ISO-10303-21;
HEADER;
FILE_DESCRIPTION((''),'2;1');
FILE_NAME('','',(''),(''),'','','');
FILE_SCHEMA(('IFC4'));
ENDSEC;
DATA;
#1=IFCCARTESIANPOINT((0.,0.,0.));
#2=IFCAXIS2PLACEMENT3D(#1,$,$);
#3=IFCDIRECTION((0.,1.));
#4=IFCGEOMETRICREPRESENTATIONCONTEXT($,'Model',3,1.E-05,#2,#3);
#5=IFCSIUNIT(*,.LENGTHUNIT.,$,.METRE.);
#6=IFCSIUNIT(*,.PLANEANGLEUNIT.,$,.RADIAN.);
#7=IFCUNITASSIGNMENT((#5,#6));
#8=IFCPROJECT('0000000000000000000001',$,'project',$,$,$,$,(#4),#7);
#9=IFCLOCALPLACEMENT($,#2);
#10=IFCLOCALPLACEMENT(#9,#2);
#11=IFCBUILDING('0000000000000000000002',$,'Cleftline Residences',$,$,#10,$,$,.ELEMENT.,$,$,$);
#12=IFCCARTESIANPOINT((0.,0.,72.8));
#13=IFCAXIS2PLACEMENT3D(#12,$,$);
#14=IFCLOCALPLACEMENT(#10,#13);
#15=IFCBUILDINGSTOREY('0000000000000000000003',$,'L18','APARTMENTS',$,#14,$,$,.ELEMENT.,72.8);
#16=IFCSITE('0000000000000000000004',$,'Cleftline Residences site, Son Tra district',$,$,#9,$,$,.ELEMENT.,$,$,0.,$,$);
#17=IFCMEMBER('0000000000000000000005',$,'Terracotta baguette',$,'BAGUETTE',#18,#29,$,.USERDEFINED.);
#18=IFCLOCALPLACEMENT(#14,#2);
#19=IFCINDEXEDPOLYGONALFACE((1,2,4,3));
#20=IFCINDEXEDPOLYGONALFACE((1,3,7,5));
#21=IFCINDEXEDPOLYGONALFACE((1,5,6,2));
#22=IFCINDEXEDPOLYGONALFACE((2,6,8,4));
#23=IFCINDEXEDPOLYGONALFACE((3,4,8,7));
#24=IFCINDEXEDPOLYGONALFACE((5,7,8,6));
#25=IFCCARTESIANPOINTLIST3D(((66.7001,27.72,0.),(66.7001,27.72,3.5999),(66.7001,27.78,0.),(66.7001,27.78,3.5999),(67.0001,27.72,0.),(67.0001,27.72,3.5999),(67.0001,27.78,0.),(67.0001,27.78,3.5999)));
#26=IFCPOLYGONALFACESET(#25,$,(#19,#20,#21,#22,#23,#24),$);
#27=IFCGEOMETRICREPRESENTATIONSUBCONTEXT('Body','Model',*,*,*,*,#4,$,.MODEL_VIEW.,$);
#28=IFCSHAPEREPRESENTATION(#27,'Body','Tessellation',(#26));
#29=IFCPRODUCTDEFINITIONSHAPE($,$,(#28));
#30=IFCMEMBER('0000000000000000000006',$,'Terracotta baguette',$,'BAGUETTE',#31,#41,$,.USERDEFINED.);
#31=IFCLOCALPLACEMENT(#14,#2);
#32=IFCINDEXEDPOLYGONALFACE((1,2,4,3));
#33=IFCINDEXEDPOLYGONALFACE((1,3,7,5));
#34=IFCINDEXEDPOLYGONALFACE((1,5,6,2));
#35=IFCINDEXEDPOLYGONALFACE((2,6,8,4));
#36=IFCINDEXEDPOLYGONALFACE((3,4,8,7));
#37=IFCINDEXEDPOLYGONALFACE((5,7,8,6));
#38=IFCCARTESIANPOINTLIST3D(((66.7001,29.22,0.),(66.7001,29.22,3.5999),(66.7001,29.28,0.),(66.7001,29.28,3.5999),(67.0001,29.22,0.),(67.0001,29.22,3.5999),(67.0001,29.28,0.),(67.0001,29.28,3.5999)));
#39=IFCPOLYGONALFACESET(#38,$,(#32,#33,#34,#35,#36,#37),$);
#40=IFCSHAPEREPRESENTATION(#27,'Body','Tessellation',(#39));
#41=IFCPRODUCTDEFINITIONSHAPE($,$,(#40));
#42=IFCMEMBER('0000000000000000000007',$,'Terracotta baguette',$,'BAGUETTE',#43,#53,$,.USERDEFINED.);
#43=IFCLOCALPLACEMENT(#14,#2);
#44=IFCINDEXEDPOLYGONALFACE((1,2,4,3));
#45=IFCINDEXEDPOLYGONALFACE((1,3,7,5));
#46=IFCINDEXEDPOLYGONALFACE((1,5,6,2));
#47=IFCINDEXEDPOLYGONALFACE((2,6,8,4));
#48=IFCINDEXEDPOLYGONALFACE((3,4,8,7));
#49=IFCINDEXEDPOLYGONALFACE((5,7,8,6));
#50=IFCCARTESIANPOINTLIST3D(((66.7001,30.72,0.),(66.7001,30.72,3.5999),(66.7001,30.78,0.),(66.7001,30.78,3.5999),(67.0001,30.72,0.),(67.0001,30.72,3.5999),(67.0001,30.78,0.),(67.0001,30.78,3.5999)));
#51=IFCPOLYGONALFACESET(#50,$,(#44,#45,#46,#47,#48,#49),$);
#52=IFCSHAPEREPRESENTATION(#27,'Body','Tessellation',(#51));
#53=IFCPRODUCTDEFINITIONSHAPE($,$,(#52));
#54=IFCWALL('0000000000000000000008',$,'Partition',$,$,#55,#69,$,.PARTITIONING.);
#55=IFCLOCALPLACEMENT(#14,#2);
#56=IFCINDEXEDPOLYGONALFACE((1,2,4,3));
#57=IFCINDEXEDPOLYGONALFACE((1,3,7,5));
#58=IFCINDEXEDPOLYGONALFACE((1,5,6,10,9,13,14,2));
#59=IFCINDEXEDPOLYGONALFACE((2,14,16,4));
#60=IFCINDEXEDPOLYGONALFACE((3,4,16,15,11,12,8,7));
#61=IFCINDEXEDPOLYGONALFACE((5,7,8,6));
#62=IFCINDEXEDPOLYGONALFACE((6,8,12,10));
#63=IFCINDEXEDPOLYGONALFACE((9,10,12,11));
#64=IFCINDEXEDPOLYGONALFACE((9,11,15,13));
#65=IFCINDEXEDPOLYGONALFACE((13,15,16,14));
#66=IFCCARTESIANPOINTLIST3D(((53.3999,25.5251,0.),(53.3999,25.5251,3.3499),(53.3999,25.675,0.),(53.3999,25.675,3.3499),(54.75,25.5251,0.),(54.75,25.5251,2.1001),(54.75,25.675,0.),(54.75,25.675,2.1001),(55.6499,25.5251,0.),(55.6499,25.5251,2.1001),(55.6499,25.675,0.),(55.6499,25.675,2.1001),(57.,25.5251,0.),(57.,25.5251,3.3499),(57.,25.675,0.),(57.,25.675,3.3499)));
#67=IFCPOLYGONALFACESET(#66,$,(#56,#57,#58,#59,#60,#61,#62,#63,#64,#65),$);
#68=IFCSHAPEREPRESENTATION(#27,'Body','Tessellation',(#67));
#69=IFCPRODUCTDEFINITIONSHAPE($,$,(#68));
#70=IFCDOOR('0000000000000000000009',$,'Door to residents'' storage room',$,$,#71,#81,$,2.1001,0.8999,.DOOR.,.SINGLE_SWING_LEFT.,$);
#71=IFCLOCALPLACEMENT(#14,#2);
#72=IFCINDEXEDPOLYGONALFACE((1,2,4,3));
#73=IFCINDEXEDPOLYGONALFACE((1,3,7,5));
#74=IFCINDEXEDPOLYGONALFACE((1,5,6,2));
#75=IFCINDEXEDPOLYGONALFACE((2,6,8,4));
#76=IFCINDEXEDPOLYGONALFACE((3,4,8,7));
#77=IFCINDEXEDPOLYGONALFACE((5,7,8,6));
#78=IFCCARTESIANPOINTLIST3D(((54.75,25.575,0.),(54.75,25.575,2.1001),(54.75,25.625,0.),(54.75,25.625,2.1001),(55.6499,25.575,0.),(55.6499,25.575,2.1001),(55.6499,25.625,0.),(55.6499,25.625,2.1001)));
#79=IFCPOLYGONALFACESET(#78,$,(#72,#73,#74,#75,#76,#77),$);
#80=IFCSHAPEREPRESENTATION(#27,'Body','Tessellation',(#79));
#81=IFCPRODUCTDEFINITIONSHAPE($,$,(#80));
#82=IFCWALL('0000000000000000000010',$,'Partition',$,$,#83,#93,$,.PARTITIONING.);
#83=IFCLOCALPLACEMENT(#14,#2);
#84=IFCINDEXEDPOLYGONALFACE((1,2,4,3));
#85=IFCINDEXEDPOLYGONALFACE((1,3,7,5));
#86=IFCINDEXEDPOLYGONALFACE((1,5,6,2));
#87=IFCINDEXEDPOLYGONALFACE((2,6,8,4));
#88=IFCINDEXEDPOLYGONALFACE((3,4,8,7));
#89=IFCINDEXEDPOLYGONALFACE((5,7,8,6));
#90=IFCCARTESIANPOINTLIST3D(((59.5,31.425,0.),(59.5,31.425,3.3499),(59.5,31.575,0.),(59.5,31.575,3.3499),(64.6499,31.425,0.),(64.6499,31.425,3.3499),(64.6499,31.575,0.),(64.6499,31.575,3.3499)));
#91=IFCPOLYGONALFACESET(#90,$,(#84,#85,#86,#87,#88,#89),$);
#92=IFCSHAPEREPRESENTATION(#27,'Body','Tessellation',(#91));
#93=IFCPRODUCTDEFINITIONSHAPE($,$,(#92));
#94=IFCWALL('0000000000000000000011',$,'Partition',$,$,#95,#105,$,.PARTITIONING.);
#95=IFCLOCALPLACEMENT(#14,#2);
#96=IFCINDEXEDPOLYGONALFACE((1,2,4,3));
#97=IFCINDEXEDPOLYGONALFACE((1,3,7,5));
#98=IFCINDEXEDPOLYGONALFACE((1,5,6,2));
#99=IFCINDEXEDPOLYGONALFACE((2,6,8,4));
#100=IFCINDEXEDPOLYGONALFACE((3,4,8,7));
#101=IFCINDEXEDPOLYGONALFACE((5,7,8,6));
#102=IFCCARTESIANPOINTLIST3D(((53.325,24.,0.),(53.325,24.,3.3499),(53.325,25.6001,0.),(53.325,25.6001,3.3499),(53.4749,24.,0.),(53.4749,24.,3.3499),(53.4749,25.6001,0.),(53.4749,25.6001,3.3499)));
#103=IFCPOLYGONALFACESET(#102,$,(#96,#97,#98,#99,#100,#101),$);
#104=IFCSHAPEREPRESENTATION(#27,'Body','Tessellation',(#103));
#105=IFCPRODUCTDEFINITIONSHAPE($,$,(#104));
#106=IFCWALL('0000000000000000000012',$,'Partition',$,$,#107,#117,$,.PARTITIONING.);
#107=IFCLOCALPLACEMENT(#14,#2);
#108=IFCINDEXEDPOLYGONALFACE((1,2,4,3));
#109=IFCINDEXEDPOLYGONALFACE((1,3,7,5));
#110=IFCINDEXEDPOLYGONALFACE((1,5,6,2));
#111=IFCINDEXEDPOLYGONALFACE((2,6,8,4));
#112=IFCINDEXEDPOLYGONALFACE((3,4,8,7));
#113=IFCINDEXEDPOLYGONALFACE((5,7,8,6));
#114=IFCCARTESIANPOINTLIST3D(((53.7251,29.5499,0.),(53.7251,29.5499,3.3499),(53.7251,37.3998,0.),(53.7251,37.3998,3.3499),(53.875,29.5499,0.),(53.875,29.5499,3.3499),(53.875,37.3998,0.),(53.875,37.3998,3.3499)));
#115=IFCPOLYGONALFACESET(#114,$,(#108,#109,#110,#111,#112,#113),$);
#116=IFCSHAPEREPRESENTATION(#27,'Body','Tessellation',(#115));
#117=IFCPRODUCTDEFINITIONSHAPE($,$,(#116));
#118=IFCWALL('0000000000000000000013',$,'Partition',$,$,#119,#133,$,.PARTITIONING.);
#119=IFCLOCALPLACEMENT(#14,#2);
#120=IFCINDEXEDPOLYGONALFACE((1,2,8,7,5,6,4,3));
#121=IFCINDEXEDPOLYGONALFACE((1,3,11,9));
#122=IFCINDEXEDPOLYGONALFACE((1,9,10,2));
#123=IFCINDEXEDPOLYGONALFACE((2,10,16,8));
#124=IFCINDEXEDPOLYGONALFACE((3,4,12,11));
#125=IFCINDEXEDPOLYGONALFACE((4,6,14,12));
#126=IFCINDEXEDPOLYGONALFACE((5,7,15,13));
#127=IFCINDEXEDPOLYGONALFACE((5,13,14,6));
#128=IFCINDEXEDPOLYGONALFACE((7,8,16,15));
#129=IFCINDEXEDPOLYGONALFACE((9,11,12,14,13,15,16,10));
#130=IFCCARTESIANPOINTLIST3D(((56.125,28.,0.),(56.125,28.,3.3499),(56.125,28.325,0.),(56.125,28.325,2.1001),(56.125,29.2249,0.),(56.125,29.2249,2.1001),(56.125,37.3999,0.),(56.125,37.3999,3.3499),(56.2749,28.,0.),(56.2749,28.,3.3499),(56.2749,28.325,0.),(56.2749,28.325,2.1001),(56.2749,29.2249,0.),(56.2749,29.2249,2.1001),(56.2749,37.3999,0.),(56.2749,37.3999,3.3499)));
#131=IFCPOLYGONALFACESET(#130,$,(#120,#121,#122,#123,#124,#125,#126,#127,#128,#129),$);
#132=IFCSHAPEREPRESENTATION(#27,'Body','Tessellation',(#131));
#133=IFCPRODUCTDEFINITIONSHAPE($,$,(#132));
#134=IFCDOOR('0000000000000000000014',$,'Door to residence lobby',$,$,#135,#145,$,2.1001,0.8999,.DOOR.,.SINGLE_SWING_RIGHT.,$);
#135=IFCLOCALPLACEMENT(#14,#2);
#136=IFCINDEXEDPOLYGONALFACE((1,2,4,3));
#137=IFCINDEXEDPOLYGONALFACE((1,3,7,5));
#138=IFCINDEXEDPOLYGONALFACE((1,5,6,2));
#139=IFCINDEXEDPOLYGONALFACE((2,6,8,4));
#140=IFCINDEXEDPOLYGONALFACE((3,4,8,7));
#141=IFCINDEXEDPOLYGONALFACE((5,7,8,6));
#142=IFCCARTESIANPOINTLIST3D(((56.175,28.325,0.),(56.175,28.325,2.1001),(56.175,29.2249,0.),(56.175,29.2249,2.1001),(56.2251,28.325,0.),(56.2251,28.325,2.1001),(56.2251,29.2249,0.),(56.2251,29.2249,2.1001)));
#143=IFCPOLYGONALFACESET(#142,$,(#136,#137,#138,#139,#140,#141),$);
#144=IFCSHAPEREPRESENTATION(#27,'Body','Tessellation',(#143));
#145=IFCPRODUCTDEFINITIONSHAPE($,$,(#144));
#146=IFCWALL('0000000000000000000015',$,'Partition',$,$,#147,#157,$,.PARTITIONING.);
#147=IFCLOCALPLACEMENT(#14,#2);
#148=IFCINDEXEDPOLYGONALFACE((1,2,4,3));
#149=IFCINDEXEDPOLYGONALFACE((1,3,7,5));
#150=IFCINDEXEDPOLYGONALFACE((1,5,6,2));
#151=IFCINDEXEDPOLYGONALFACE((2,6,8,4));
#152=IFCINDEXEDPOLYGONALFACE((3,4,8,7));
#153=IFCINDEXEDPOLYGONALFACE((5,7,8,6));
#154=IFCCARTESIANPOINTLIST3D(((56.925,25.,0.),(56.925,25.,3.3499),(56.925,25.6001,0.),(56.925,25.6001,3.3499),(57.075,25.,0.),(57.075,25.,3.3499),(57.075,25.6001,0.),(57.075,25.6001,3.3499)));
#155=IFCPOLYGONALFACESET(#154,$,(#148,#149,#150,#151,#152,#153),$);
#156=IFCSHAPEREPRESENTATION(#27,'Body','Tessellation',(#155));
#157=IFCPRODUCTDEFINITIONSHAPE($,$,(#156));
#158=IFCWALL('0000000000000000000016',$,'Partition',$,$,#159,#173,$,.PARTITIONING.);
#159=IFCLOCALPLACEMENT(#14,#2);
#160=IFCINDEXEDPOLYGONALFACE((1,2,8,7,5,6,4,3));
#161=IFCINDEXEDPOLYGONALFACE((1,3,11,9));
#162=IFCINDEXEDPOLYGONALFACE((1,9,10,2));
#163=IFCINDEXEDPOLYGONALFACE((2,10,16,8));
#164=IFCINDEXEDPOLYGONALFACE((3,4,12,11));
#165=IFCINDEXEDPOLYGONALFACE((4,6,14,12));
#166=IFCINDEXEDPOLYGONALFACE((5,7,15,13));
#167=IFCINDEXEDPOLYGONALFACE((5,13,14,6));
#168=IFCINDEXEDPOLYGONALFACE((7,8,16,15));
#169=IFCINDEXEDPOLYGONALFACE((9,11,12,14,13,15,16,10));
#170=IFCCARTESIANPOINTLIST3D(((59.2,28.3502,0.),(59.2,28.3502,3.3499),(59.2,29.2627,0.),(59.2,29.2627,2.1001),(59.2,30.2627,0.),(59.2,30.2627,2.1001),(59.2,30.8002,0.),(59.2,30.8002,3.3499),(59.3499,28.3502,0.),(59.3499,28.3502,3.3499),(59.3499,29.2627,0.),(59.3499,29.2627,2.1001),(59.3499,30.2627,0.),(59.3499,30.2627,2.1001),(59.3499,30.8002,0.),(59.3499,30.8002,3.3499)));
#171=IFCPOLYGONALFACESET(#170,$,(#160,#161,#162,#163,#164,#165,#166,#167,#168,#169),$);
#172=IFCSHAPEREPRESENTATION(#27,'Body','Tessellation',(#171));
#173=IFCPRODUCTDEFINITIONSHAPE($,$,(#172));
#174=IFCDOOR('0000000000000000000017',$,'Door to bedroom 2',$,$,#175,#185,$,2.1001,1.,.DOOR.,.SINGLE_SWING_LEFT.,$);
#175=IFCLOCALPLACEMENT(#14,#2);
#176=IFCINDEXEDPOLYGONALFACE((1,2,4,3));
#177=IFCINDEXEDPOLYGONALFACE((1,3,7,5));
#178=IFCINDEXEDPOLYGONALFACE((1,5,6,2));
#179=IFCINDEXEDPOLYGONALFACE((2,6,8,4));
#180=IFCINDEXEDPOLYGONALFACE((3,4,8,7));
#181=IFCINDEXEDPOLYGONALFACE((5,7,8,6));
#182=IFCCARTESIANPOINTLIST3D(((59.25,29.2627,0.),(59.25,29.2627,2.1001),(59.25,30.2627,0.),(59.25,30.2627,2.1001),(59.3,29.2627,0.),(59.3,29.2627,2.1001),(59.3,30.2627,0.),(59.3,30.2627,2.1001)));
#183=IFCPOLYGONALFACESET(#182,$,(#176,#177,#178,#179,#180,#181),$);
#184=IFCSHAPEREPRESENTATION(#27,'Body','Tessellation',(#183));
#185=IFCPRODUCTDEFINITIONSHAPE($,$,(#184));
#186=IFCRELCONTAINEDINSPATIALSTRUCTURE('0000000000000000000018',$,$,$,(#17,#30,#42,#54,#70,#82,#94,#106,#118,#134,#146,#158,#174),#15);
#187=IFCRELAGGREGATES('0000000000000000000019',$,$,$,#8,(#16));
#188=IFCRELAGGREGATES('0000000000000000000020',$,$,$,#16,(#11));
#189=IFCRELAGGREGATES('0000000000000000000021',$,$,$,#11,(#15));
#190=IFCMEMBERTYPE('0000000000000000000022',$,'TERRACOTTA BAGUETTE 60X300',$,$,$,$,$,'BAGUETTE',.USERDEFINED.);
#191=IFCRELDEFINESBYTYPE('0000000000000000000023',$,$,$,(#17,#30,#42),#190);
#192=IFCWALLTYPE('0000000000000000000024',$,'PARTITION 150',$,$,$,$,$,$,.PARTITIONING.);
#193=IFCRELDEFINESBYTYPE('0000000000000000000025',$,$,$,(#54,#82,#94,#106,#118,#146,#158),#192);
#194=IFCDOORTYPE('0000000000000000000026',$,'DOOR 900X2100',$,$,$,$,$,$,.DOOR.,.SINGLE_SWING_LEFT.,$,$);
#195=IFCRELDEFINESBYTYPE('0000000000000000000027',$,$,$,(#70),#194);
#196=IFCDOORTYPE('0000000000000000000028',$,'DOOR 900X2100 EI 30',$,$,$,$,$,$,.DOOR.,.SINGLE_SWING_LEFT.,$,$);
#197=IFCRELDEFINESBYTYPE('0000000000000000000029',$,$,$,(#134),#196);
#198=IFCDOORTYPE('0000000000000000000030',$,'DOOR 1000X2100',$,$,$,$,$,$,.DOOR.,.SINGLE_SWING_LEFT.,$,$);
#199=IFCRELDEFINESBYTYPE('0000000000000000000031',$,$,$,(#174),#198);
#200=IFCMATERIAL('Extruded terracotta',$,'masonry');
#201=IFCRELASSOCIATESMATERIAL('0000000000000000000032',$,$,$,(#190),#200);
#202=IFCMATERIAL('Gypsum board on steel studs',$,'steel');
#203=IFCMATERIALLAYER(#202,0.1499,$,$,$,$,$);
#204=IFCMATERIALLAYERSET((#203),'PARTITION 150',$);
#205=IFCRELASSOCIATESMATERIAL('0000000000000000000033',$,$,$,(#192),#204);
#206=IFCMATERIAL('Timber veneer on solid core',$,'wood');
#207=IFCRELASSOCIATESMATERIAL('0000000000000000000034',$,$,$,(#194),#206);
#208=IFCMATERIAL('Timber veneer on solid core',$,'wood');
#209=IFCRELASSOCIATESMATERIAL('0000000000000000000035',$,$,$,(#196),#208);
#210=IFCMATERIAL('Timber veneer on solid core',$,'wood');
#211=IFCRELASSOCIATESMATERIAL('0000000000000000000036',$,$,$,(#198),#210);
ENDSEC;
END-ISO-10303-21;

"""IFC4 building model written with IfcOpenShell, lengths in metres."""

from ifc_helpers import new_model, si_unit, direction, frame, frame_2d, origin, origin_2d, place, context, subcontext, project, spatial, rectangle, extrude, material, layer, layer_set, material_profile, profile_set, type_object, element, fill, save


model = new_model("IFC4")

# Units and contexts
model_context = context("Model", 3, precision=1e-05, world=origin(), true_north=direction((0.0, 1.0)))
body_context = subcontext(model_context, "Body", "Model", "MODEL_VIEW")
ifc_project = project(units=[si_unit("LENGTHUNIT", "METRE"), si_unit("PLANEANGLEUNIT", "RADIAN")], contexts=[model_context])

# Site, building, storey
site_placement = place(None, origin())
site = spatial("IfcSite", under=ifc_project, at=site_placement, Name="Cleftline Residences site, Son Tra district", CompositionType="ELEMENT", RefElevation=0.0)
building_placement = place(site_placement, origin())
building = spatial("IfcBuilding", under=site, at=building_placement, Name="Cleftline Residences", CompositionType="ELEMENT")
storey_placement = place(building_placement, frame((0.0, 0.0, 72.8)))
storey = spatial("IfcBuildingStorey", under=building, at=storey_placement, Name="L18", Description="APARTMENTS", CompositionType="ELEMENT", Elevation=72.8)

# Members
ifc_material_1 = material(Name="Extruded terracotta", Category="masonry")
ifc_material_profile_1 = material_profile(ifc_material_1, rectangle(XDim=0.0601, YDim=0.3, at=origin_2d()))
ifc_profile_set_1 = profile_set([ifc_material_profile_1], Name="Extruded terracotta")
member_type_1 = type_object("IfcMemberType", Name="TERRACOTTA BAGUETTE 60X300", ElementType="BAGUETTE", PredefinedType="USERDEFINED", material=ifc_profile_set_1)
for number, where, z_axis, x_axis, name in (
    (1, (66.8501, 27.75, 0.0), (0.0, 0.0, 1.0), (0.0, 1.0, 0.0), "Terracotta baguette"),
    (2, (66.8501, 29.25, 0.0), (0.0, 0.0, 1.0), (0.0, 1.0, 0.0), "Terracotta baguette"),
    (3, (66.8501, 30.75, 0.0), (0.0, 0.0, 1.0), (0.0, 1.0, 0.0), "Terracotta baguette"),
):
    element("IfcMember", number, at=place(storey_placement, frame(where, z_axis=z_axis, x_axis=x_axis)), inside=storey, type_object=member_type_1, Name=name, ObjectType="BAGUETTE", PredefinedType="USERDEFINED", context=body_context, shape_type="SweptSolid", body=[
        extrude(rectangle(XDim=0.0601, YDim=0.3, at=origin_2d()), origin(), (0.0, 0.0, 1.0), 3.5999),
    ])

# Wall, opening, door
ifc_material_2 = material(Name="Gypsum board on steel studs", Category="steel")
ifc_layer_1 = layer(ifc_material_2, 0.1499)
ifc_layer_set_1 = layer_set([ifc_layer_1], Name="PARTITION 150")
wall_type_1 = type_object("IfcWallType", Name="PARTITION 150", PredefinedType="PARTITIONING", material=ifc_layer_set_1)
wall_1_placement = place(storey_placement, frame((53.3999, 25.6001, 0.0), z_axis=(0.0, 0.0, 1.0), x_axis=(1.0, 0.0, 0.0)))
wall_1 = element("IfcWall", 4, at=wall_1_placement, inside=storey, type_object=wall_type_1, Name="Partition", PredefinedType="PARTITIONING", context=body_context, shape_type="SweptSolid", body=[
    extrude(rectangle(XDim=3.6001, YDim=0.1499, at=frame_2d((1.8, 0.0))), origin(), (0.0, 0.0, 1.0), 3.3499),
])
opening_1_placement = place(wall_1_placement, frame((1.3501, 0.0, 0.0)))
opening_1 = element("IfcOpeningElement", 5, at=opening_1_placement, cuts=wall_1, PredefinedType="OPENING", context=body_context, shape_type="SweptSolid", body=[
    extrude(rectangle(XDim=0.8999, YDim=2.1001, at=frame_2d((0.45, 1.05))), frame((0.0, 0.085, 0.0), z_axis=(0.0, -1.0, 0.0), x_axis=(1.0, 0.0, 0.0)), (0.0, 0.0, 1.0), 0.1699),
])
ifc_material_3 = material(Name="Timber veneer on solid core", Category="wood")
door_type_1 = type_object("IfcDoorType", Name="DOOR 900X2100", OperationType="SINGLE_SWING_LEFT", PredefinedType="DOOR", material=ifc_material_3)
door_1_placement = place(opening_1_placement, origin())
door_1 = element("IfcDoor", 6, at=door_1_placement, inside=storey, type_object=door_type_1, Name="Door to residents' storage room", OperationType="SINGLE_SWING_LEFT", OverallHeight=2.1001, OverallWidth=0.8999, PredefinedType="DOOR", context=body_context, shape_type="SweptSolid", body=[
    extrude(rectangle(XDim=0.8999, YDim=2.1001, at=frame_2d((0.45, 1.05))), frame((0.0, 0.0249, 0.0), z_axis=(0.0, -1.0, 0.0), x_axis=(1.0, 0.0, 0.0)), (0.0, 0.0, 1.0), 0.05),
])
fill(opening_1, door_1)

# Walls
wall_2_placement = place(storey_placement, frame((59.5, 31.5, 0.0), z_axis=(0.0, 0.0, 1.0), x_axis=(1.0, 0.0, 0.0)))
element("IfcWall", 7, at=wall_2_placement, inside=storey, type_object=wall_type_1, Name="Partition", PredefinedType="PARTITIONING", context=body_context, shape_type="SweptSolid", body=[
    extrude(rectangle(XDim=5.1499, YDim=0.1499, at=frame_2d((2.575, 0.0))), origin(), (0.0, 0.0, 1.0), 3.3499),
])
wall_3_placement = place(storey_placement, frame((53.3999, 24.0, 0.0), z_axis=(0.0, 0.0, 1.0), x_axis=(0.0, 1.0, 0.0)))
element("IfcWall", 8, at=wall_3_placement, inside=storey, type_object=wall_type_1, Name="Partition", PredefinedType="PARTITIONING", context=body_context, shape_type="SweptSolid", body=[
    extrude(rectangle(XDim=1.6001, YDim=0.1499, at=frame_2d((0.8, 0.0))), origin(), (0.0, 0.0, 1.0), 3.3499),
])
wall_4_placement = place(storey_placement, frame((53.8, 29.55, 0.0), z_axis=(0.0, 0.0, 1.0), x_axis=(0.0, 1.0, 0.0)))
element("IfcWall", 9, at=wall_4_placement, inside=storey, type_object=wall_type_1, Name="Partition", PredefinedType="PARTITIONING", context=body_context, shape_type="SweptSolid", body=[
    extrude(rectangle(XDim=7.8499, YDim=0.1499, at=frame_2d((3.9248, 0.0))), origin(), (0.0, 0.0, 1.0), 3.3499),
])

# Wall, opening, door
wall_5_placement = place(storey_placement, frame((56.2, 28.0, 0.0), z_axis=(0.0, 0.0, 1.0), x_axis=(0.0, 1.0, 0.0)))
wall_5 = element("IfcWall", 10, at=wall_5_placement, inside=storey, type_object=wall_type_1, Name="Partition", PredefinedType="PARTITIONING", context=body_context, shape_type="SweptSolid", body=[
    extrude(rectangle(XDim=9.3999, YDim=0.1499, at=frame_2d((4.7, 0.0))), origin(), (0.0, 0.0, 1.0), 3.3499),
])
opening_2_placement = place(wall_5_placement, frame((0.325, 0.0, 0.0)))
opening_2 = element("IfcOpeningElement", 11, at=opening_2_placement, cuts=wall_5, PredefinedType="OPENING", context=body_context, shape_type="SweptSolid", body=[
    extrude(rectangle(XDim=0.8999, YDim=2.1001, at=frame_2d((0.45, 1.05))), frame((0.0, 0.085, 0.0), z_axis=(0.0, -1.0, 0.0), x_axis=(1.0, 0.0, 0.0)), (0.0, 0.0, 1.0), 0.1699),
])
ifc_material_4 = material(Name="Timber veneer on solid core", Category="wood")
door_type_2 = type_object("IfcDoorType", Name="DOOR 900X2100 EI 30", OperationType="SINGLE_SWING_LEFT", PredefinedType="DOOR", material=ifc_material_4)
door_2_placement = place(opening_2_placement, origin())
door_2 = element("IfcDoor", 12, at=door_2_placement, inside=storey, type_object=door_type_2, Name="Door to residence lobby", OperationType="SINGLE_SWING_RIGHT", OverallHeight=2.1001, OverallWidth=0.8999, PredefinedType="DOOR", context=body_context, shape_type="SweptSolid", body=[
    extrude(rectangle(XDim=0.8999, YDim=2.1001, at=frame_2d((0.45, 1.05))), frame((0.0, 0.0249, 0.0), z_axis=(0.0, -1.0, 0.0), x_axis=(1.0, 0.0, 0.0)), (0.0, 0.0, 1.0), 0.05),
])
fill(opening_2, door_2)

# Wall
wall_6_placement = place(storey_placement, frame((57.0, 25.0, 0.0), z_axis=(0.0, 0.0, 1.0), x_axis=(0.0, 1.0, 0.0)))
element("IfcWall", 13, at=wall_6_placement, inside=storey, type_object=wall_type_1, Name="Partition", PredefinedType="PARTITIONING", context=body_context, shape_type="SweptSolid", body=[
    extrude(rectangle(XDim=0.6001, YDim=0.1499, at=frame_2d((0.3, 0.0))), origin(), (0.0, 0.0, 1.0), 3.3499),
])

# Wall, opening, door
wall_7_placement = place(storey_placement, frame((59.2749, 28.3501, 0.0), z_axis=(0.0, 0.0, 1.0), x_axis=(0.0, 1.0, 0.0)))
wall_7 = element("IfcWall", 14, at=wall_7_placement, inside=storey, type_object=wall_type_1, Name="Partition", PredefinedType="PARTITIONING", context=body_context, shape_type="SweptSolid", body=[
    extrude(rectangle(XDim=2.45, YDim=0.1499, at=frame_2d((1.2251, 0.0))), origin(), (0.0, 0.0, 1.0), 3.3499),
])
opening_3_placement = place(wall_7_placement, frame((0.9126, 0.0, 0.0)))
opening_3 = element("IfcOpeningElement", 15, at=opening_3_placement, cuts=wall_7, PredefinedType="OPENING", context=body_context, shape_type="SweptSolid", body=[
    extrude(rectangle(XDim=1.0, YDim=2.1001, at=frame_2d((0.5, 1.05))), frame((0.0, 0.085, 0.0), z_axis=(0.0, -1.0, 0.0), x_axis=(1.0, 0.0, 0.0)), (0.0, 0.0, 1.0), 0.1699),
])
ifc_material_5 = material(Name="Timber veneer on solid core", Category="wood")
door_type_3 = type_object("IfcDoorType", Name="DOOR 1000X2100", OperationType="SINGLE_SWING_LEFT", PredefinedType="DOOR", material=ifc_material_5)
door_3_placement = place(opening_3_placement, origin())
door_3 = element("IfcDoor", 16, at=door_3_placement, inside=storey, type_object=door_type_3, Name="Door to bedroom 2", OperationType="SINGLE_SWING_LEFT", OverallHeight=2.1001, OverallWidth=1.0, PredefinedType="DOOR", context=body_context, shape_type="SweptSolid", body=[
    extrude(rectangle(XDim=1.0, YDim=2.1001, at=frame_2d((0.5, 1.05))), frame((0.0, 0.0249, 0.0), z_axis=(0.0, -1.0, 0.0), x_axis=(1.0, 0.0, 0.0)), (0.0, 0.0, 1.0), 0.05),
])
fill(opening_3, door_3)

save(model, "model.ifc")
